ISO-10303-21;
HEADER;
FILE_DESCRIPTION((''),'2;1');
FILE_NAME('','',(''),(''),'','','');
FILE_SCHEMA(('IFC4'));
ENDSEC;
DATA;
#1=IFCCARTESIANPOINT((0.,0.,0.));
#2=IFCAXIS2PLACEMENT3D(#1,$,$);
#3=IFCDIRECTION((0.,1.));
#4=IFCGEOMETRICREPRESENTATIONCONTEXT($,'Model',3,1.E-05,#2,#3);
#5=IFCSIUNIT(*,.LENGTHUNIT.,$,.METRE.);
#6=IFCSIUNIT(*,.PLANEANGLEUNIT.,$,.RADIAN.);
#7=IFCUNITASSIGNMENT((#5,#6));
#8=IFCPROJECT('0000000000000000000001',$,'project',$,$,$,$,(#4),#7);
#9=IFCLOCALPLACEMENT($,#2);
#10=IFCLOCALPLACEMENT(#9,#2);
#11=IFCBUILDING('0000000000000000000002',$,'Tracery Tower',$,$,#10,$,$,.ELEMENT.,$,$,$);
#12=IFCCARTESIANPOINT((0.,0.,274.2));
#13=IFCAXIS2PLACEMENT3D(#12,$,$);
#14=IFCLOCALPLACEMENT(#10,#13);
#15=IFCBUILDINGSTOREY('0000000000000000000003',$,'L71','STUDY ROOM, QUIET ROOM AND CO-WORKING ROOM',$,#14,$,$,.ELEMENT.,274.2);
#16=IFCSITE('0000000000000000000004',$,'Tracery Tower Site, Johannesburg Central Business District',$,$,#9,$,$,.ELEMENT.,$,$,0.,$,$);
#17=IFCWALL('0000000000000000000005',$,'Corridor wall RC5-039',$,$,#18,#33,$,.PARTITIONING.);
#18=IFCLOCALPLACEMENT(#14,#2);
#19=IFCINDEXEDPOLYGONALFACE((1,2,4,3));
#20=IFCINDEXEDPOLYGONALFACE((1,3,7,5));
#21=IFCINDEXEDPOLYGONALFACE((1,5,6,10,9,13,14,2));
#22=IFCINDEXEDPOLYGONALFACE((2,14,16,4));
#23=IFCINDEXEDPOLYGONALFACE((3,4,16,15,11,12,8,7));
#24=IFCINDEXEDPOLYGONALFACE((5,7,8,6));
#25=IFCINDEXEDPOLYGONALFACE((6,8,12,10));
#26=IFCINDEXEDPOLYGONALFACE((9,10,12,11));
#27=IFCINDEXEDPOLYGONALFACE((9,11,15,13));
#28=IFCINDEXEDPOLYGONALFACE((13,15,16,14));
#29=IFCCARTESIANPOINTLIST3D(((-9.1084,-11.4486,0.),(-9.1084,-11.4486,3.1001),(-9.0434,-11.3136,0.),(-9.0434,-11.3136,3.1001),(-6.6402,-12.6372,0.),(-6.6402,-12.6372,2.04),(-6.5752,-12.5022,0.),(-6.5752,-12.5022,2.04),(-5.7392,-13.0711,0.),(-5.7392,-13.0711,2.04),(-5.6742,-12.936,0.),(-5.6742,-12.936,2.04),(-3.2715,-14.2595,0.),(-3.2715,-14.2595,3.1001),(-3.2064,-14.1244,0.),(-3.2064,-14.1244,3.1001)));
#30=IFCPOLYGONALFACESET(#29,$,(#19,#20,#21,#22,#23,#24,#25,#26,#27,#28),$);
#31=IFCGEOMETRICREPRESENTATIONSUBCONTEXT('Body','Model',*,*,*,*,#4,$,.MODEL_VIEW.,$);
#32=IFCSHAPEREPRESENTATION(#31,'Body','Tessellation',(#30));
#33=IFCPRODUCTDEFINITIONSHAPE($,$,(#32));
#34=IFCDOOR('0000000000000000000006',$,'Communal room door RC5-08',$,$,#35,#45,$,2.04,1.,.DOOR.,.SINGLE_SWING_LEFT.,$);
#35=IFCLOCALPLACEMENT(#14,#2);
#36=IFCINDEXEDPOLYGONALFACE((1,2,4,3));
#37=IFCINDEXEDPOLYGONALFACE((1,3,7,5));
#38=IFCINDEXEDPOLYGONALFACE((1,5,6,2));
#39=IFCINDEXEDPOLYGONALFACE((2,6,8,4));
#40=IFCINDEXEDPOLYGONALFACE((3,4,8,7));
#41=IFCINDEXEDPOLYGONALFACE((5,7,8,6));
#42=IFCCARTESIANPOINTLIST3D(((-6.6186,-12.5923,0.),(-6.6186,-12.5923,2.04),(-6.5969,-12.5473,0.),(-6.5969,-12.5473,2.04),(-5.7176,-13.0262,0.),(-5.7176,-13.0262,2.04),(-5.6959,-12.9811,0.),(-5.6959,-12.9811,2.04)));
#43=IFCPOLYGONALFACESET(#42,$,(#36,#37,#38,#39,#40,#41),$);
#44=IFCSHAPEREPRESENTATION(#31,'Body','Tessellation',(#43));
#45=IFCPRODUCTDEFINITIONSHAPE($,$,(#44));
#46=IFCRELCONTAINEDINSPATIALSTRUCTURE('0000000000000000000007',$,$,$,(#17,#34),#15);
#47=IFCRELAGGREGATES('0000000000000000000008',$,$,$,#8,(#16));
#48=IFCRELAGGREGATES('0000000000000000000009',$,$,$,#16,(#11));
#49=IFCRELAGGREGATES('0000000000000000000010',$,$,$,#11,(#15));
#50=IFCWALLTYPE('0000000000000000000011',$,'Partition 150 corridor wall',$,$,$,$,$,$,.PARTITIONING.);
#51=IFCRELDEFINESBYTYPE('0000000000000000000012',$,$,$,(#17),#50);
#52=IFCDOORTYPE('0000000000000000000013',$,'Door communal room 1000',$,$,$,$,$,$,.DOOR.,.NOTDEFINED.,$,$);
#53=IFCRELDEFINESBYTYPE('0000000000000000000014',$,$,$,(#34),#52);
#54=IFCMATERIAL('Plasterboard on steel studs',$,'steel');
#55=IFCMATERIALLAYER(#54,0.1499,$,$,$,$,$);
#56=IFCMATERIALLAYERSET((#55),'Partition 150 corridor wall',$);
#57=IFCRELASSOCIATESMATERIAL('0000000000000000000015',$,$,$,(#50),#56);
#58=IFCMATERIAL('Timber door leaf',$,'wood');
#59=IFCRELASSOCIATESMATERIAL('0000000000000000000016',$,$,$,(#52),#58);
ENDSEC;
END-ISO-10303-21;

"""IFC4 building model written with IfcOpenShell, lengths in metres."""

from ifc_helpers import new_model, si_unit, direction, frame, frame_2d, origin, place, context, subcontext, project, spatial, rectangle, extrude, material, layer, layer_set, type_object, element, fill, save


model = new_model("IFC4")

# Units and contexts
model_context = context("Model", 3, precision=1e-05, world=origin(), true_north=direction((0.0, 1.0)))
body_context = subcontext(model_context, "Body", "Model", "MODEL_VIEW")
ifc_project = project(units=[si_unit("LENGTHUNIT", "METRE"), si_unit("PLANEANGLEUNIT", "RADIAN")], contexts=[model_context])

# Site, building, storey
site_placement = place(None, origin())
site = spatial("IfcSite", under=ifc_project, at=site_placement, Name="Tracery Tower Site, Johannesburg Central Business District", CompositionType="ELEMENT", RefElevation=0.0)
building_placement = place(site_placement, origin())
building = spatial("IfcBuilding", under=site, at=building_placement, Name="Tracery Tower", CompositionType="ELEMENT")
storey_placement = place(building_placement, frame((0.0, 0.0, 274.2)))
storey = spatial("IfcBuildingStorey", under=building, at=storey_placement, Name="L71", Description="STUDY ROOM, QUIET ROOM AND CO-WORKING ROOM", CompositionType="ELEMENT", Elevation=274.2)

# Shared definitions
ifc_material_1 = material(Name="Plasterboard on steel studs", Category="steel")
ifc_layer_1 = layer(ifc_material_1, 0.1499)
ifc_layer_set_1 = layer_set([ifc_layer_1], Name="Partition 150 corridor wall")
wall_type_1 = type_object("IfcWallType", Name="Partition 150 corridor wall", PredefinedType="PARTITIONING", material=ifc_layer_set_1)
ifc_material_2 = material(Name="Timber door leaf", Category="wood")
door_type = type_object("IfcDoorType", Name="Door communal room 1000", OperationType="NOTDEFINED", PredefinedType="DOOR", material=ifc_material_2)

# Wall, opening, door
wall_1_placement = place(storey_placement, frame((-9.0759, -11.3811, 0.0), z_axis=(0.0, 0.0, 1.0), x_axis=(0.900976, -0.433869, 0.0)))
wall_1 = element("IfcWall", 1, at=wall_1_placement, inside=storey, type_object=wall_type_1, Name="Corridor wall RC5-039", PredefinedType="PARTITIONING", context=body_context, shape_type="SweptSolid", body=[
    extrude(rectangle(XDim=6.4785, YDim=0.1499, at=frame_2d((3.2393, 0.0))), origin(), (0.0, 0.0, 1.0), 3.1001),
])
opening_1_placement = place(wall_1_placement, frame((2.7395, 0.0, 0.0)))
opening_1 = element("IfcOpeningElement", 2, at=opening_1_placement, cuts=wall_1, PredefinedType="OPENING", context=body_context, shape_type="SweptSolid", body=[
    extrude(rectangle(XDim=1.0, YDim=2.04, at=frame_2d((0.5, 1.02))), frame((0.0, 0.075, 0.0), z_axis=(0.0, -1.0, 0.0), x_axis=(1.0, 0.0, 0.0)), (0.0, 0.0, 1.0), 0.1499),
])
door_1_placement = place(opening_1_placement, origin())
door_1 = element("IfcDoor", 3, at=door_1_placement, inside=storey, type_object=door_type, Name="Communal room door RC5-08", OperationType="SINGLE_SWING_LEFT", OverallHeight=2.04, OverallWidth=1.0, PredefinedType="DOOR", context=body_context, shape_type="SweptSolid", body=[
    extrude(rectangle(XDim=1.0, YDim=2.04, at=frame_2d((0.5, 1.02))), frame((0.0, 0.0249, 0.0), z_axis=(0.0, -1.0, 0.0), x_axis=(1.0, 0.0, 0.0)), (0.0, 0.0, 1.0), 0.05),
])
fill(opening_1, door_1)

save(model, "model.ifc")
